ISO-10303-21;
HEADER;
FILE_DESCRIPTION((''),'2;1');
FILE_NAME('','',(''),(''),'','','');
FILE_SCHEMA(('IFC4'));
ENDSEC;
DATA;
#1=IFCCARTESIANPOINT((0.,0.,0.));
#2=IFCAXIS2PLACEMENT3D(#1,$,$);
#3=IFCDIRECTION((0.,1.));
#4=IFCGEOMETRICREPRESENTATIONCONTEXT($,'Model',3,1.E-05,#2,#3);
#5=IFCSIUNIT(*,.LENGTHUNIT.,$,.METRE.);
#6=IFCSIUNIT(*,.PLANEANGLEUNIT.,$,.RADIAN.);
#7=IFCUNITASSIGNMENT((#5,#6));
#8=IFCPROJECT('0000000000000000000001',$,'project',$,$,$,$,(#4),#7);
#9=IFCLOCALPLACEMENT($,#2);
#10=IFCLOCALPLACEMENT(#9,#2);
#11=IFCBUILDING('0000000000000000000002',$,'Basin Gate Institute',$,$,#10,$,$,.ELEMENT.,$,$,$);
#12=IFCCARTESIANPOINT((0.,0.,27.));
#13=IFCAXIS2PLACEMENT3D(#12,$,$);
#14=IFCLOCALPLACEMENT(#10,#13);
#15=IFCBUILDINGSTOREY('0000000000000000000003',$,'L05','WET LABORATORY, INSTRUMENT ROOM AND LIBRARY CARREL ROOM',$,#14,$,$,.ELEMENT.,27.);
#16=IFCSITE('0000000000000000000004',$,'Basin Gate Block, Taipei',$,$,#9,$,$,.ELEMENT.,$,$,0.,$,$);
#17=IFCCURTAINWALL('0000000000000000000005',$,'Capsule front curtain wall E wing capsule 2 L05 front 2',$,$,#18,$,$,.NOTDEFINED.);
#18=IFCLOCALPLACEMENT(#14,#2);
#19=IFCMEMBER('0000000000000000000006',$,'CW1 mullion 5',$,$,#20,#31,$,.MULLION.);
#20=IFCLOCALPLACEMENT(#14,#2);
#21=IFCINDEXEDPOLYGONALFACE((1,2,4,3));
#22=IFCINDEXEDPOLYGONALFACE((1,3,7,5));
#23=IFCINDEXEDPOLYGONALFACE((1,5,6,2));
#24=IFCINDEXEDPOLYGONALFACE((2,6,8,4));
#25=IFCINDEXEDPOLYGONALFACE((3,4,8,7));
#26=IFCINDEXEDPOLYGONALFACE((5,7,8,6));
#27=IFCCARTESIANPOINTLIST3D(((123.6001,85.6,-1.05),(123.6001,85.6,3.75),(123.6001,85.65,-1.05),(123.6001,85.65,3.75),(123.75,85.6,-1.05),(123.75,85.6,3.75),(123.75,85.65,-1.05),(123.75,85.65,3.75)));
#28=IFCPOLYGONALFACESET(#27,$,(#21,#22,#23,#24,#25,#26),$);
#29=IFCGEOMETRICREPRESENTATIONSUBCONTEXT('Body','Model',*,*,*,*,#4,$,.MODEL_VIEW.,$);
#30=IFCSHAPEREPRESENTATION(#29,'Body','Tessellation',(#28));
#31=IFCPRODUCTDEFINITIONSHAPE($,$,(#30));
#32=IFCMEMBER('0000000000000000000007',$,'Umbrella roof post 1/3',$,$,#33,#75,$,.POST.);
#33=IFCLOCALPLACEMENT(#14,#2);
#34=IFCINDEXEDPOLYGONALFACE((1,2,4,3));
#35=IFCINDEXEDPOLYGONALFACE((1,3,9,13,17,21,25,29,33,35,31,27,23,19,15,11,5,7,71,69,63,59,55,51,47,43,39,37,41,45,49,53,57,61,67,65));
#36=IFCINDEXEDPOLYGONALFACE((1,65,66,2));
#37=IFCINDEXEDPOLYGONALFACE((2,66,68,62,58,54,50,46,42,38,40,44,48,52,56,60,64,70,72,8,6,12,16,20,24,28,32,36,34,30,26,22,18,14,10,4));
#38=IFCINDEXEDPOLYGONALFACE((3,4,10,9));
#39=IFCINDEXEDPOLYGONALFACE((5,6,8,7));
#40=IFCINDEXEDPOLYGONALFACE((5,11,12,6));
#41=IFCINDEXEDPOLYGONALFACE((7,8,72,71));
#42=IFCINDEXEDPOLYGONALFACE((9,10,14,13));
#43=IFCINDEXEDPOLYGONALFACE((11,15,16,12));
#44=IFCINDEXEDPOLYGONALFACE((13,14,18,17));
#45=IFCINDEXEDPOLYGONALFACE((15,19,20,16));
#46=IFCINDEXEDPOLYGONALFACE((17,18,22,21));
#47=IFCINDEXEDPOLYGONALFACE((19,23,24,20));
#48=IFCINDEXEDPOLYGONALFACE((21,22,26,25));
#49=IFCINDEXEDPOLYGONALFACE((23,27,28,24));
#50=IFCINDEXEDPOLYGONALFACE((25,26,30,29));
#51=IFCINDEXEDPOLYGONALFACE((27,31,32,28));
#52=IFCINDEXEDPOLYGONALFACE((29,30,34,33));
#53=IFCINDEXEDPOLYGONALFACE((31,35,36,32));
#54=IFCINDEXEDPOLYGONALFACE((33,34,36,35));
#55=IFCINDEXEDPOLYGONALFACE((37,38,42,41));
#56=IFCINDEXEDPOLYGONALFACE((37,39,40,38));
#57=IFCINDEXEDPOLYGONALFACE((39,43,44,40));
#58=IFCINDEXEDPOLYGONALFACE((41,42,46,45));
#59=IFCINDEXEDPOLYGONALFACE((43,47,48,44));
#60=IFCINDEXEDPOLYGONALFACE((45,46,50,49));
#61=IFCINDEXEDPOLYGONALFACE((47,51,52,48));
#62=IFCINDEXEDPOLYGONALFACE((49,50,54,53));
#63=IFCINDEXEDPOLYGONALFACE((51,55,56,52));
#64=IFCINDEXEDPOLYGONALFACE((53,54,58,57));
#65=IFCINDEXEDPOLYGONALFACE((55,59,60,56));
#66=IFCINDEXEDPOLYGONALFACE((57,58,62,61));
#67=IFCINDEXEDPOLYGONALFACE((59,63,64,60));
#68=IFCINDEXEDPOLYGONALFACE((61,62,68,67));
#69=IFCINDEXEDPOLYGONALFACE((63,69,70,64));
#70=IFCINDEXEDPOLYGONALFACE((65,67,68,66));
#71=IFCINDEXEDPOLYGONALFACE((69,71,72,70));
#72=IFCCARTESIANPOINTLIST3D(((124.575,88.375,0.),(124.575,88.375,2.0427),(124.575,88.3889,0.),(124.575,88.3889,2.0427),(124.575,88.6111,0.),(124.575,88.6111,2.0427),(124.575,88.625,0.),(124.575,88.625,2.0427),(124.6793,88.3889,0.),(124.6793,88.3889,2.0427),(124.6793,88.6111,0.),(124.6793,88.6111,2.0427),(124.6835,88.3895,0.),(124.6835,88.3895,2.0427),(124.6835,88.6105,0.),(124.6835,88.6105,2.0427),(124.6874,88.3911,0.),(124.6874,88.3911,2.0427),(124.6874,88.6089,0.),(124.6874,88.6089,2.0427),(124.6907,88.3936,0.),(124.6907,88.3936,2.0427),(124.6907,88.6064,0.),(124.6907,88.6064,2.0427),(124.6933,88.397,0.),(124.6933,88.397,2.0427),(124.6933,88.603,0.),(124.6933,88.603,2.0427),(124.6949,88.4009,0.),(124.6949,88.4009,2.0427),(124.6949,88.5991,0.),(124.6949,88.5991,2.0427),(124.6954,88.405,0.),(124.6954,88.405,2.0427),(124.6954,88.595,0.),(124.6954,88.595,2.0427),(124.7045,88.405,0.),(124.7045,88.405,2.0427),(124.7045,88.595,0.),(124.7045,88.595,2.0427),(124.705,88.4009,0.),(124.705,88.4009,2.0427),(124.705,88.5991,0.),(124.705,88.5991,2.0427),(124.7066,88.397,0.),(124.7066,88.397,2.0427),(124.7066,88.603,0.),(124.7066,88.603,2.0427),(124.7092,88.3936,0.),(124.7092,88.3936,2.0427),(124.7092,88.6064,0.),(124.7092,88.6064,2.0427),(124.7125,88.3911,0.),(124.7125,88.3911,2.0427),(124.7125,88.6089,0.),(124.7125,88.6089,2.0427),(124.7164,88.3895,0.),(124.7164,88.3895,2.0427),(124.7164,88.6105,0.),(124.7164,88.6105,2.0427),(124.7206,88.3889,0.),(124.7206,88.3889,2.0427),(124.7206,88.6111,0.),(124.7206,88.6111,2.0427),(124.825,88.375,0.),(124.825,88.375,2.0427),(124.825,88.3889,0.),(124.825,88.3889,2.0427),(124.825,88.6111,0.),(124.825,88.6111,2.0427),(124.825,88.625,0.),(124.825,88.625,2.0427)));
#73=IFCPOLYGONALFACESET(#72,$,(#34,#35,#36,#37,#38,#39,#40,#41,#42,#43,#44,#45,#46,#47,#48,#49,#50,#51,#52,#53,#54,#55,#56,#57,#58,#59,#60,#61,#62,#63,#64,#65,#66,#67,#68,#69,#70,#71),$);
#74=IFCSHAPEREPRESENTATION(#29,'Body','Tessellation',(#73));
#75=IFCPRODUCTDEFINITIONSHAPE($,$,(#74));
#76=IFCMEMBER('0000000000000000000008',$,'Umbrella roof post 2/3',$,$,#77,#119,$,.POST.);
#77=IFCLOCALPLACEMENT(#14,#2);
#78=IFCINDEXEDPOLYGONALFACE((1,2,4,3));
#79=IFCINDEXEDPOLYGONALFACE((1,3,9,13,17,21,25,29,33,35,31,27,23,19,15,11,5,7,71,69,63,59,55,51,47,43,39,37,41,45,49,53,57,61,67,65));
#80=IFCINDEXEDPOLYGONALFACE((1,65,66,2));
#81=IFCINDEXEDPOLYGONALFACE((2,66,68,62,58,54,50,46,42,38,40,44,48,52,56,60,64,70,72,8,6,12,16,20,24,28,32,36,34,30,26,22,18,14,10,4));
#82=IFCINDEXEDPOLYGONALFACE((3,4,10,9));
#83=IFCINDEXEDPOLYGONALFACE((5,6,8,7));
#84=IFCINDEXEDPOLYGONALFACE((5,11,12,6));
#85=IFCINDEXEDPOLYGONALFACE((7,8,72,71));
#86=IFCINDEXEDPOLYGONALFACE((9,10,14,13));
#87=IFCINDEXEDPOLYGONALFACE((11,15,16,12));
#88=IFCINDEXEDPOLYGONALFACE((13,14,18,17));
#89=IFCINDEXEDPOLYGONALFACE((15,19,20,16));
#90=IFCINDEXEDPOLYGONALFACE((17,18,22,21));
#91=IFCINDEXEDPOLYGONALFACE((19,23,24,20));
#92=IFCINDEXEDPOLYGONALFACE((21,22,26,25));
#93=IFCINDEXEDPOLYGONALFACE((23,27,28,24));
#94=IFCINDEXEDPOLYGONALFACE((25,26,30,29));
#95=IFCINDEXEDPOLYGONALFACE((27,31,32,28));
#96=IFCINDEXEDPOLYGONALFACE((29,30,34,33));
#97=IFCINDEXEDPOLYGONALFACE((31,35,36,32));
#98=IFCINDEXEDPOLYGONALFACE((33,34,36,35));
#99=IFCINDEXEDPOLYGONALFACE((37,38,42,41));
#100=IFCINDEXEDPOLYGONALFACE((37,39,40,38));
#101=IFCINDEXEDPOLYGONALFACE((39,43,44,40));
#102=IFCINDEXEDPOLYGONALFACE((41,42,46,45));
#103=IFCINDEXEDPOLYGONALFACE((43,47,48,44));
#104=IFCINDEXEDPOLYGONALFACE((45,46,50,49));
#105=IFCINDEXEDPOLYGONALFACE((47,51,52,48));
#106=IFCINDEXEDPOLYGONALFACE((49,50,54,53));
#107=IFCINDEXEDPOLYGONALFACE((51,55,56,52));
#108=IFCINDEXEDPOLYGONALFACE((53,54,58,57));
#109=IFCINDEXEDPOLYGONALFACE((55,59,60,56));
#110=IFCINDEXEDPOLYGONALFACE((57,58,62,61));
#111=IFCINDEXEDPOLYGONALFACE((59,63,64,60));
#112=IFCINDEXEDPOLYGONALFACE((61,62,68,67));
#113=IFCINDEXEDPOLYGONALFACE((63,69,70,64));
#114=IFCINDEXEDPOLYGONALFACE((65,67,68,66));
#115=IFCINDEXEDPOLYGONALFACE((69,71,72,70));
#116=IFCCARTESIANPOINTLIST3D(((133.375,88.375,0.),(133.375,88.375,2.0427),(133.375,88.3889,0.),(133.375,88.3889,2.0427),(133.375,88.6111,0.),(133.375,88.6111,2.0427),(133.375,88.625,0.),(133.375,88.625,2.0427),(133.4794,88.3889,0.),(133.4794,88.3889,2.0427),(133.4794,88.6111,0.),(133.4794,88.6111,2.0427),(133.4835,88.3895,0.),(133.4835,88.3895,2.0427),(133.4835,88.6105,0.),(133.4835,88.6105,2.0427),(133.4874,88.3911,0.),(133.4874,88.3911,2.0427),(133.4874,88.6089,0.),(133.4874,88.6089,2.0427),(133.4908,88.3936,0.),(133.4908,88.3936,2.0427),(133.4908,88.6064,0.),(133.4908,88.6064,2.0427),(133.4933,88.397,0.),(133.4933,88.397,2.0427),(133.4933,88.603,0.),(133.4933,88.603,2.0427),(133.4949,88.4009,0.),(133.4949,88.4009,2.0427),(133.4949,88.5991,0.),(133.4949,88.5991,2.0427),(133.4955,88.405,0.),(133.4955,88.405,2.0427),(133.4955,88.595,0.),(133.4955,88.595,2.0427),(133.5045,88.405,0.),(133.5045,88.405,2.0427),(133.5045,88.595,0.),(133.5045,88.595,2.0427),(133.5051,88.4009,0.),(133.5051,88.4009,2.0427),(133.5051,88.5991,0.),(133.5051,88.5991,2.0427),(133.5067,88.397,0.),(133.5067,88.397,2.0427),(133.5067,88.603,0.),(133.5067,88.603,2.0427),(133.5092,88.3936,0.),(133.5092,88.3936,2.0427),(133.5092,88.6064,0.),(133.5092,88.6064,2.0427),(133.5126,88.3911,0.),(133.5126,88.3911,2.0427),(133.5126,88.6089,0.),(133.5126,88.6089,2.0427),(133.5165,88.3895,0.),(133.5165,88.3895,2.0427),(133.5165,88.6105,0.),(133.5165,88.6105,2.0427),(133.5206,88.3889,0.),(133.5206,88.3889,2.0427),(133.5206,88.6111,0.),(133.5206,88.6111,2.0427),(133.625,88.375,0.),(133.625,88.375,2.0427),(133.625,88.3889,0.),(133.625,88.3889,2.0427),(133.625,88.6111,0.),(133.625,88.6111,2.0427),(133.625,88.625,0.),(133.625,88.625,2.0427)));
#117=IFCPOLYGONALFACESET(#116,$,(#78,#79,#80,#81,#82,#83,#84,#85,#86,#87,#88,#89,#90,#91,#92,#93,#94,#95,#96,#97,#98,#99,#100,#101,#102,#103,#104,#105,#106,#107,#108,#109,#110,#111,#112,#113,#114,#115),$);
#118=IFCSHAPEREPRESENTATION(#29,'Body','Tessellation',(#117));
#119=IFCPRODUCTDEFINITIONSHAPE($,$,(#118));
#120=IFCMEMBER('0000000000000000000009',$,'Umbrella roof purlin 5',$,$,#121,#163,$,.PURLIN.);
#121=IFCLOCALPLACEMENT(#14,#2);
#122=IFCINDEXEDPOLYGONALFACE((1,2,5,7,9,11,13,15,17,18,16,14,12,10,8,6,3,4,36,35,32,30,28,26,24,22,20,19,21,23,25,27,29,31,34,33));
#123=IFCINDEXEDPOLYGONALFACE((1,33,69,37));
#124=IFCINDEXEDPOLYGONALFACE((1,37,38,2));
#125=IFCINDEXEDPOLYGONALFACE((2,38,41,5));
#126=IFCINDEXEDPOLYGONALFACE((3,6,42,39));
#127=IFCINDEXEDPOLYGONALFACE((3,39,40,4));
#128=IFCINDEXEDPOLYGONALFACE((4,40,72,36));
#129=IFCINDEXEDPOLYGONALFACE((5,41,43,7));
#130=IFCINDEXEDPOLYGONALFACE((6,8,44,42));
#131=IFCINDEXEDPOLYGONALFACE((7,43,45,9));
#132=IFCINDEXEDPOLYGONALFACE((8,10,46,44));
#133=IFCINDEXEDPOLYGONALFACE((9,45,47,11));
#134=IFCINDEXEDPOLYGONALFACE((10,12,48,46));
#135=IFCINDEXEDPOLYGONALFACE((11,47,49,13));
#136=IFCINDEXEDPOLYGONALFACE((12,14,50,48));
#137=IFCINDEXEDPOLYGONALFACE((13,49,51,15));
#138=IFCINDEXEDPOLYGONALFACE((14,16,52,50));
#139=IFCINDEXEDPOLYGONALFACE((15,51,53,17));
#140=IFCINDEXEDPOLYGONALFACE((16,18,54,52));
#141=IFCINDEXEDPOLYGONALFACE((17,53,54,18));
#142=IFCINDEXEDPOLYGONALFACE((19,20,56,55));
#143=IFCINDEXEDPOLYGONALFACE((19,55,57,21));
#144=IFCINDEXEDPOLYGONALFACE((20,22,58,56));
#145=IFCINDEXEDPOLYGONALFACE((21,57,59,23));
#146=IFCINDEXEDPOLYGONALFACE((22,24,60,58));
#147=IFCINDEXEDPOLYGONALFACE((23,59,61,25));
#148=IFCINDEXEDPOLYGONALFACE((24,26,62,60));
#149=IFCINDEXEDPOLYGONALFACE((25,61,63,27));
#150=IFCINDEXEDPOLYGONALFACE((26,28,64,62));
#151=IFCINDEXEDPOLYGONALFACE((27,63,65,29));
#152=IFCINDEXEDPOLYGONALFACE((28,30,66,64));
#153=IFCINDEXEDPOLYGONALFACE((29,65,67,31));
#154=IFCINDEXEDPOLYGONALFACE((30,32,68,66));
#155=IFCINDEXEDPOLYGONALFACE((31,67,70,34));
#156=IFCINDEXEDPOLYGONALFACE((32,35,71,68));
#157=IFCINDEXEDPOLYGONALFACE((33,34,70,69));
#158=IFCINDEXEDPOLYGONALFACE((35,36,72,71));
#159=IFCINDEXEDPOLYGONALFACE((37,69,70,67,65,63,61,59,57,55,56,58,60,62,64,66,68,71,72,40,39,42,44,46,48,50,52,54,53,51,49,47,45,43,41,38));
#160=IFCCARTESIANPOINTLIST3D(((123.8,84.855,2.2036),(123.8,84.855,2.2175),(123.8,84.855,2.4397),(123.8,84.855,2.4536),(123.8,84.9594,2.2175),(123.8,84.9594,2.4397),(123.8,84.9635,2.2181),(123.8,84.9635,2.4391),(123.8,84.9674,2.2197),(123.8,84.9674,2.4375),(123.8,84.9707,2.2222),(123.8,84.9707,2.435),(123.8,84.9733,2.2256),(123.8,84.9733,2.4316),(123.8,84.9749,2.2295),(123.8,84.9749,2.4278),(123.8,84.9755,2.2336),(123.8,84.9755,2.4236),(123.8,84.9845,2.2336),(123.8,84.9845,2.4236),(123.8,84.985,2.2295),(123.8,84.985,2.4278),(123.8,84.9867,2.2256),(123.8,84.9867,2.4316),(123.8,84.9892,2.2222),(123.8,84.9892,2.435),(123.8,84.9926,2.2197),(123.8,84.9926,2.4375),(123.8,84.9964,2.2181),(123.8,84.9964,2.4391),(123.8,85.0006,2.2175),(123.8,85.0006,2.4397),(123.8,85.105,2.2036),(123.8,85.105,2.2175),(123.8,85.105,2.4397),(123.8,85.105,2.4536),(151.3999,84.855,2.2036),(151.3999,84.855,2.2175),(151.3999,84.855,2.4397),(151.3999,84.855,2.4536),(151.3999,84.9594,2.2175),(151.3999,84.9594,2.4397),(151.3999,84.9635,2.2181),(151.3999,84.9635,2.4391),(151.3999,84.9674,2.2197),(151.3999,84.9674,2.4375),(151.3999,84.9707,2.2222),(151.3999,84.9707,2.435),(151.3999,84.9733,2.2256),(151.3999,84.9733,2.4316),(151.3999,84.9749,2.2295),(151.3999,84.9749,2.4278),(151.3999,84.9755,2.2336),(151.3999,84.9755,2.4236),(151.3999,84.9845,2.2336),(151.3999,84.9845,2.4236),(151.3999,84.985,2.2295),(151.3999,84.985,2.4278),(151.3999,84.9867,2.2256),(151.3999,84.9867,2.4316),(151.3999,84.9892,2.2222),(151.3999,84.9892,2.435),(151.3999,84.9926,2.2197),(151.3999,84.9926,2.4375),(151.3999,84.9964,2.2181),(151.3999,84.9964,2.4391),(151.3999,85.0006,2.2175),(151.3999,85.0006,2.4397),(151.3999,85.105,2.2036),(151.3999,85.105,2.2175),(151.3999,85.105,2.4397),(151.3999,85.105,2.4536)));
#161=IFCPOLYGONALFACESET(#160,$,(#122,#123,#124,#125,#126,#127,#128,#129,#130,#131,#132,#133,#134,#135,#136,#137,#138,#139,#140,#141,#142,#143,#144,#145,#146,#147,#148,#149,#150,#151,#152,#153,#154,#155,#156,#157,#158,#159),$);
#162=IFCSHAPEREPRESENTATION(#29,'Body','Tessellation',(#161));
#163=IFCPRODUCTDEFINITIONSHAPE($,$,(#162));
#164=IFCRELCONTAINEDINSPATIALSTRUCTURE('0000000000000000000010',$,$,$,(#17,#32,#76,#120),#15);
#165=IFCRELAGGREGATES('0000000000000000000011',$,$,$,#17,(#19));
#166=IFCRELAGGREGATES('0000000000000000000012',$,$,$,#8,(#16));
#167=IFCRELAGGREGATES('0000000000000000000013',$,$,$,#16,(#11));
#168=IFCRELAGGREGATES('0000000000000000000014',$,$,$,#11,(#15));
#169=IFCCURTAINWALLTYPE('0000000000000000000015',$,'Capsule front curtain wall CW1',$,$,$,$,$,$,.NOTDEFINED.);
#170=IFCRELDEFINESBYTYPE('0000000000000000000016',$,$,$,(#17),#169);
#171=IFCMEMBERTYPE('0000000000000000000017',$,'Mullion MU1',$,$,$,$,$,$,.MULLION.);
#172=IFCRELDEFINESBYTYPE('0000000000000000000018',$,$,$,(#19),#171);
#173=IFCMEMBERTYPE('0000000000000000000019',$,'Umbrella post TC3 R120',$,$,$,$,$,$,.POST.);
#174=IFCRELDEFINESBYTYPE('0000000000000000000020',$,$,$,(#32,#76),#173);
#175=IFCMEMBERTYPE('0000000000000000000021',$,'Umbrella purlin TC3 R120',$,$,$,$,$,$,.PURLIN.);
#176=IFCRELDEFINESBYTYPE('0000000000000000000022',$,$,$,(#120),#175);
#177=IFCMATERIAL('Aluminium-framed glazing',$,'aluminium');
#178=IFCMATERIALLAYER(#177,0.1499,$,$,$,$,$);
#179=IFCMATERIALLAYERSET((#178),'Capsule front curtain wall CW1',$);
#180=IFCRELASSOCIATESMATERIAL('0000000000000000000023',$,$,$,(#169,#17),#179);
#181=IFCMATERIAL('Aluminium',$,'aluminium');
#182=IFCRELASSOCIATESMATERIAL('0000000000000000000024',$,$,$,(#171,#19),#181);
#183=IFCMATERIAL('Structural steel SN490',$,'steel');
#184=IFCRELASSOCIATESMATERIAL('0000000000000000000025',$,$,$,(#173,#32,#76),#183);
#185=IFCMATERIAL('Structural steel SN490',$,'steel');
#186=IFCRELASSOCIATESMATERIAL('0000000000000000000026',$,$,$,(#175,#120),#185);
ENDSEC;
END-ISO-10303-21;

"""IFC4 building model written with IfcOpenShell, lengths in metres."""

from ifc_helpers import new_model, si_unit, direction, frame, origin, origin_2d, place, context, subcontext, project, spatial, rectangle, i_section, extrude, material, layer, layer_set, material_profile, profile_set, type_object, element, aggregate, save


model = new_model("IFC4")

# Units and contexts
model_context = context("Model", 3, precision=1e-05, world=origin(), true_north=direction((0.0, 1.0)))
body_context = subcontext(model_context, "Body", "Model", "MODEL_VIEW")
ifc_project = project(units=[si_unit("LENGTHUNIT", "METRE"), si_unit("PLANEANGLEUNIT", "RADIAN")], contexts=[model_context])

# Site, building, storey
site_placement = place(None, origin())
site = spatial("IfcSite", under=ifc_project, at=site_placement, Name="Basin Gate Block, Taipei", CompositionType="ELEMENT", RefElevation=0.0)
building_placement = place(site_placement, origin())
building = spatial("IfcBuilding", under=site, at=building_placement, Name="Basin Gate Institute", CompositionType="ELEMENT")
storey_placement = place(building_placement, frame((0.0, 0.0, 27.0)))
storey = spatial("IfcBuildingStorey", under=building, at=storey_placement, Name="L05", Description="WET LABORATORY, INSTRUMENT ROOM AND LIBRARY CARREL ROOM", CompositionType="ELEMENT", Elevation=27.0)

# Curtain wall, member
ifc_material_1 = material(Name="Aluminium-framed glazing", Category="aluminium")
ifc_layer_1 = layer(ifc_material_1, 0.1499)
ifc_layer_set_1 = layer_set([ifc_layer_1], Name="Capsule front curtain wall CW1")
curtain_wall_type = type_object("IfcCurtainWallType", Name="Capsule front curtain wall CW1", PredefinedType="NOTDEFINED", material=ifc_layer_set_1)
curtain_wall_placement = place(storey_placement, origin())
curtain_wall = element("IfcCurtainWall", 1, at=curtain_wall_placement, inside=storey, type_object=curtain_wall_type, material=ifc_layer_set_1, Name="Capsule front curtain wall E wing capsule 2 L05 front 2", PredefinedType="NOTDEFINED")
ifc_material_2 = material(Name="Aluminium", Category="aluminium")
ifc_material_profile_1 = material_profile(ifc_material_2, rectangle(XDim=0.1499, YDim=0.05, at=origin_2d()), Name="Mullion MU1 150 x 50")
ifc_profile_set_1 = profile_set([ifc_material_profile_1], Name="Aluminium")
member_type_1 = type_object("IfcMemberType", Name="Mullion MU1", PredefinedType="MULLION", material=ifc_profile_set_1)
member_placement = place(storey_placement, frame((123.675, 85.625, -1.05), z_axis=(0.0, 0.0, 1.0), x_axis=(-1.0, 0.0, 0.0)))
member = element("IfcMember", 2, at=member_placement, type_object=member_type_1, material=ifc_profile_set_1, Name="CW1 mullion 5", PredefinedType="MULLION", context=body_context, shape_type="SweptSolid", body=[
    extrude(rectangle(XDim=0.1499, YDim=0.05, at=origin_2d()), origin(), (0.0, 0.0, 1.0), 4.8),
])

# Members
ifc_material_3 = material(Name="Structural steel SN490", Category="steel")
ifc_material_profile_2 = material_profile(ifc_material_3, i_section(OverallWidth=0.25, OverallDepth=0.25, WebThickness=0.009, FlangeThickness=0.0139, FilletRadius=0.0161, at=origin_2d()), Name="H250x250")
ifc_profile_set_2 = profile_set([ifc_material_profile_2], Name="Structural steel SN490")
member_type_2 = type_object("IfcMemberType", Name="Umbrella post TC3 R120", PredefinedType="POST", material=ifc_profile_set_2)
for number, where, z_axis, x_axis, name in (
    (3, (124.7, 88.5, 0.0), (0.0, 0.0, 1.0), (1.0, 0.0, 0.0), "Umbrella roof post 1/3"),
    (4, (133.5, 88.5, 0.0), (0.0, 0.0, 1.0), (1.0, 0.0, 0.0), "Umbrella roof post 2/3"),
):
    element("IfcMember", number, at=place(storey_placement, frame(where, z_axis=z_axis, x_axis=x_axis)), inside=storey, type_object=member_type_2, material=ifc_profile_set_2, Name=name, PredefinedType="POST", context=body_context, shape_type="SweptSolid", body=[
        extrude(i_section(OverallWidth=0.25, OverallDepth=0.25, WebThickness=0.009, FlangeThickness=0.0139, FilletRadius=0.0161, at=origin_2d()), origin(), (0.0, 0.0, 1.0), 2.0427),
    ])
ifc_material_4 = material(Name="Structural steel SN490", Category="steel")
ifc_material_profile_3 = material_profile(ifc_material_4, i_section(OverallWidth=0.25, OverallDepth=0.25, WebThickness=0.009, FlangeThickness=0.0139, FilletRadius=0.0161, at=origin_2d()), Name="H250x250")
ifc_profile_set_3 = profile_set([ifc_material_profile_3], Name="Structural steel SN490")
member_type_3 = type_object("IfcMemberType", Name="Umbrella purlin TC3 R120", PredefinedType="PURLIN", material=ifc_profile_set_3)
for number, where, z_axis, x_axis, name in (
    (5, (123.8, 84.98, 2.3286), (1.0, 0.0, 0.0), (0.0, 1.0, 0.0), "Umbrella roof purlin 5"),
):
    element("IfcMember", number, at=place(storey_placement, frame(where, z_axis=z_axis, x_axis=x_axis)), inside=storey, type_object=member_type_3, material=ifc_profile_set_3, Name=name, PredefinedType="PURLIN", context=body_context, shape_type="SweptSolid", body=[
        extrude(i_section(OverallWidth=0.25, OverallDepth=0.25, WebThickness=0.009, FlangeThickness=0.0139, FilletRadius=0.0161, at=origin_2d()), origin(), (0.0, 0.0, 1.0), 27.5999),
    ])

aggregate(curtain_wall, [member])

save(model, "model.ifc")
